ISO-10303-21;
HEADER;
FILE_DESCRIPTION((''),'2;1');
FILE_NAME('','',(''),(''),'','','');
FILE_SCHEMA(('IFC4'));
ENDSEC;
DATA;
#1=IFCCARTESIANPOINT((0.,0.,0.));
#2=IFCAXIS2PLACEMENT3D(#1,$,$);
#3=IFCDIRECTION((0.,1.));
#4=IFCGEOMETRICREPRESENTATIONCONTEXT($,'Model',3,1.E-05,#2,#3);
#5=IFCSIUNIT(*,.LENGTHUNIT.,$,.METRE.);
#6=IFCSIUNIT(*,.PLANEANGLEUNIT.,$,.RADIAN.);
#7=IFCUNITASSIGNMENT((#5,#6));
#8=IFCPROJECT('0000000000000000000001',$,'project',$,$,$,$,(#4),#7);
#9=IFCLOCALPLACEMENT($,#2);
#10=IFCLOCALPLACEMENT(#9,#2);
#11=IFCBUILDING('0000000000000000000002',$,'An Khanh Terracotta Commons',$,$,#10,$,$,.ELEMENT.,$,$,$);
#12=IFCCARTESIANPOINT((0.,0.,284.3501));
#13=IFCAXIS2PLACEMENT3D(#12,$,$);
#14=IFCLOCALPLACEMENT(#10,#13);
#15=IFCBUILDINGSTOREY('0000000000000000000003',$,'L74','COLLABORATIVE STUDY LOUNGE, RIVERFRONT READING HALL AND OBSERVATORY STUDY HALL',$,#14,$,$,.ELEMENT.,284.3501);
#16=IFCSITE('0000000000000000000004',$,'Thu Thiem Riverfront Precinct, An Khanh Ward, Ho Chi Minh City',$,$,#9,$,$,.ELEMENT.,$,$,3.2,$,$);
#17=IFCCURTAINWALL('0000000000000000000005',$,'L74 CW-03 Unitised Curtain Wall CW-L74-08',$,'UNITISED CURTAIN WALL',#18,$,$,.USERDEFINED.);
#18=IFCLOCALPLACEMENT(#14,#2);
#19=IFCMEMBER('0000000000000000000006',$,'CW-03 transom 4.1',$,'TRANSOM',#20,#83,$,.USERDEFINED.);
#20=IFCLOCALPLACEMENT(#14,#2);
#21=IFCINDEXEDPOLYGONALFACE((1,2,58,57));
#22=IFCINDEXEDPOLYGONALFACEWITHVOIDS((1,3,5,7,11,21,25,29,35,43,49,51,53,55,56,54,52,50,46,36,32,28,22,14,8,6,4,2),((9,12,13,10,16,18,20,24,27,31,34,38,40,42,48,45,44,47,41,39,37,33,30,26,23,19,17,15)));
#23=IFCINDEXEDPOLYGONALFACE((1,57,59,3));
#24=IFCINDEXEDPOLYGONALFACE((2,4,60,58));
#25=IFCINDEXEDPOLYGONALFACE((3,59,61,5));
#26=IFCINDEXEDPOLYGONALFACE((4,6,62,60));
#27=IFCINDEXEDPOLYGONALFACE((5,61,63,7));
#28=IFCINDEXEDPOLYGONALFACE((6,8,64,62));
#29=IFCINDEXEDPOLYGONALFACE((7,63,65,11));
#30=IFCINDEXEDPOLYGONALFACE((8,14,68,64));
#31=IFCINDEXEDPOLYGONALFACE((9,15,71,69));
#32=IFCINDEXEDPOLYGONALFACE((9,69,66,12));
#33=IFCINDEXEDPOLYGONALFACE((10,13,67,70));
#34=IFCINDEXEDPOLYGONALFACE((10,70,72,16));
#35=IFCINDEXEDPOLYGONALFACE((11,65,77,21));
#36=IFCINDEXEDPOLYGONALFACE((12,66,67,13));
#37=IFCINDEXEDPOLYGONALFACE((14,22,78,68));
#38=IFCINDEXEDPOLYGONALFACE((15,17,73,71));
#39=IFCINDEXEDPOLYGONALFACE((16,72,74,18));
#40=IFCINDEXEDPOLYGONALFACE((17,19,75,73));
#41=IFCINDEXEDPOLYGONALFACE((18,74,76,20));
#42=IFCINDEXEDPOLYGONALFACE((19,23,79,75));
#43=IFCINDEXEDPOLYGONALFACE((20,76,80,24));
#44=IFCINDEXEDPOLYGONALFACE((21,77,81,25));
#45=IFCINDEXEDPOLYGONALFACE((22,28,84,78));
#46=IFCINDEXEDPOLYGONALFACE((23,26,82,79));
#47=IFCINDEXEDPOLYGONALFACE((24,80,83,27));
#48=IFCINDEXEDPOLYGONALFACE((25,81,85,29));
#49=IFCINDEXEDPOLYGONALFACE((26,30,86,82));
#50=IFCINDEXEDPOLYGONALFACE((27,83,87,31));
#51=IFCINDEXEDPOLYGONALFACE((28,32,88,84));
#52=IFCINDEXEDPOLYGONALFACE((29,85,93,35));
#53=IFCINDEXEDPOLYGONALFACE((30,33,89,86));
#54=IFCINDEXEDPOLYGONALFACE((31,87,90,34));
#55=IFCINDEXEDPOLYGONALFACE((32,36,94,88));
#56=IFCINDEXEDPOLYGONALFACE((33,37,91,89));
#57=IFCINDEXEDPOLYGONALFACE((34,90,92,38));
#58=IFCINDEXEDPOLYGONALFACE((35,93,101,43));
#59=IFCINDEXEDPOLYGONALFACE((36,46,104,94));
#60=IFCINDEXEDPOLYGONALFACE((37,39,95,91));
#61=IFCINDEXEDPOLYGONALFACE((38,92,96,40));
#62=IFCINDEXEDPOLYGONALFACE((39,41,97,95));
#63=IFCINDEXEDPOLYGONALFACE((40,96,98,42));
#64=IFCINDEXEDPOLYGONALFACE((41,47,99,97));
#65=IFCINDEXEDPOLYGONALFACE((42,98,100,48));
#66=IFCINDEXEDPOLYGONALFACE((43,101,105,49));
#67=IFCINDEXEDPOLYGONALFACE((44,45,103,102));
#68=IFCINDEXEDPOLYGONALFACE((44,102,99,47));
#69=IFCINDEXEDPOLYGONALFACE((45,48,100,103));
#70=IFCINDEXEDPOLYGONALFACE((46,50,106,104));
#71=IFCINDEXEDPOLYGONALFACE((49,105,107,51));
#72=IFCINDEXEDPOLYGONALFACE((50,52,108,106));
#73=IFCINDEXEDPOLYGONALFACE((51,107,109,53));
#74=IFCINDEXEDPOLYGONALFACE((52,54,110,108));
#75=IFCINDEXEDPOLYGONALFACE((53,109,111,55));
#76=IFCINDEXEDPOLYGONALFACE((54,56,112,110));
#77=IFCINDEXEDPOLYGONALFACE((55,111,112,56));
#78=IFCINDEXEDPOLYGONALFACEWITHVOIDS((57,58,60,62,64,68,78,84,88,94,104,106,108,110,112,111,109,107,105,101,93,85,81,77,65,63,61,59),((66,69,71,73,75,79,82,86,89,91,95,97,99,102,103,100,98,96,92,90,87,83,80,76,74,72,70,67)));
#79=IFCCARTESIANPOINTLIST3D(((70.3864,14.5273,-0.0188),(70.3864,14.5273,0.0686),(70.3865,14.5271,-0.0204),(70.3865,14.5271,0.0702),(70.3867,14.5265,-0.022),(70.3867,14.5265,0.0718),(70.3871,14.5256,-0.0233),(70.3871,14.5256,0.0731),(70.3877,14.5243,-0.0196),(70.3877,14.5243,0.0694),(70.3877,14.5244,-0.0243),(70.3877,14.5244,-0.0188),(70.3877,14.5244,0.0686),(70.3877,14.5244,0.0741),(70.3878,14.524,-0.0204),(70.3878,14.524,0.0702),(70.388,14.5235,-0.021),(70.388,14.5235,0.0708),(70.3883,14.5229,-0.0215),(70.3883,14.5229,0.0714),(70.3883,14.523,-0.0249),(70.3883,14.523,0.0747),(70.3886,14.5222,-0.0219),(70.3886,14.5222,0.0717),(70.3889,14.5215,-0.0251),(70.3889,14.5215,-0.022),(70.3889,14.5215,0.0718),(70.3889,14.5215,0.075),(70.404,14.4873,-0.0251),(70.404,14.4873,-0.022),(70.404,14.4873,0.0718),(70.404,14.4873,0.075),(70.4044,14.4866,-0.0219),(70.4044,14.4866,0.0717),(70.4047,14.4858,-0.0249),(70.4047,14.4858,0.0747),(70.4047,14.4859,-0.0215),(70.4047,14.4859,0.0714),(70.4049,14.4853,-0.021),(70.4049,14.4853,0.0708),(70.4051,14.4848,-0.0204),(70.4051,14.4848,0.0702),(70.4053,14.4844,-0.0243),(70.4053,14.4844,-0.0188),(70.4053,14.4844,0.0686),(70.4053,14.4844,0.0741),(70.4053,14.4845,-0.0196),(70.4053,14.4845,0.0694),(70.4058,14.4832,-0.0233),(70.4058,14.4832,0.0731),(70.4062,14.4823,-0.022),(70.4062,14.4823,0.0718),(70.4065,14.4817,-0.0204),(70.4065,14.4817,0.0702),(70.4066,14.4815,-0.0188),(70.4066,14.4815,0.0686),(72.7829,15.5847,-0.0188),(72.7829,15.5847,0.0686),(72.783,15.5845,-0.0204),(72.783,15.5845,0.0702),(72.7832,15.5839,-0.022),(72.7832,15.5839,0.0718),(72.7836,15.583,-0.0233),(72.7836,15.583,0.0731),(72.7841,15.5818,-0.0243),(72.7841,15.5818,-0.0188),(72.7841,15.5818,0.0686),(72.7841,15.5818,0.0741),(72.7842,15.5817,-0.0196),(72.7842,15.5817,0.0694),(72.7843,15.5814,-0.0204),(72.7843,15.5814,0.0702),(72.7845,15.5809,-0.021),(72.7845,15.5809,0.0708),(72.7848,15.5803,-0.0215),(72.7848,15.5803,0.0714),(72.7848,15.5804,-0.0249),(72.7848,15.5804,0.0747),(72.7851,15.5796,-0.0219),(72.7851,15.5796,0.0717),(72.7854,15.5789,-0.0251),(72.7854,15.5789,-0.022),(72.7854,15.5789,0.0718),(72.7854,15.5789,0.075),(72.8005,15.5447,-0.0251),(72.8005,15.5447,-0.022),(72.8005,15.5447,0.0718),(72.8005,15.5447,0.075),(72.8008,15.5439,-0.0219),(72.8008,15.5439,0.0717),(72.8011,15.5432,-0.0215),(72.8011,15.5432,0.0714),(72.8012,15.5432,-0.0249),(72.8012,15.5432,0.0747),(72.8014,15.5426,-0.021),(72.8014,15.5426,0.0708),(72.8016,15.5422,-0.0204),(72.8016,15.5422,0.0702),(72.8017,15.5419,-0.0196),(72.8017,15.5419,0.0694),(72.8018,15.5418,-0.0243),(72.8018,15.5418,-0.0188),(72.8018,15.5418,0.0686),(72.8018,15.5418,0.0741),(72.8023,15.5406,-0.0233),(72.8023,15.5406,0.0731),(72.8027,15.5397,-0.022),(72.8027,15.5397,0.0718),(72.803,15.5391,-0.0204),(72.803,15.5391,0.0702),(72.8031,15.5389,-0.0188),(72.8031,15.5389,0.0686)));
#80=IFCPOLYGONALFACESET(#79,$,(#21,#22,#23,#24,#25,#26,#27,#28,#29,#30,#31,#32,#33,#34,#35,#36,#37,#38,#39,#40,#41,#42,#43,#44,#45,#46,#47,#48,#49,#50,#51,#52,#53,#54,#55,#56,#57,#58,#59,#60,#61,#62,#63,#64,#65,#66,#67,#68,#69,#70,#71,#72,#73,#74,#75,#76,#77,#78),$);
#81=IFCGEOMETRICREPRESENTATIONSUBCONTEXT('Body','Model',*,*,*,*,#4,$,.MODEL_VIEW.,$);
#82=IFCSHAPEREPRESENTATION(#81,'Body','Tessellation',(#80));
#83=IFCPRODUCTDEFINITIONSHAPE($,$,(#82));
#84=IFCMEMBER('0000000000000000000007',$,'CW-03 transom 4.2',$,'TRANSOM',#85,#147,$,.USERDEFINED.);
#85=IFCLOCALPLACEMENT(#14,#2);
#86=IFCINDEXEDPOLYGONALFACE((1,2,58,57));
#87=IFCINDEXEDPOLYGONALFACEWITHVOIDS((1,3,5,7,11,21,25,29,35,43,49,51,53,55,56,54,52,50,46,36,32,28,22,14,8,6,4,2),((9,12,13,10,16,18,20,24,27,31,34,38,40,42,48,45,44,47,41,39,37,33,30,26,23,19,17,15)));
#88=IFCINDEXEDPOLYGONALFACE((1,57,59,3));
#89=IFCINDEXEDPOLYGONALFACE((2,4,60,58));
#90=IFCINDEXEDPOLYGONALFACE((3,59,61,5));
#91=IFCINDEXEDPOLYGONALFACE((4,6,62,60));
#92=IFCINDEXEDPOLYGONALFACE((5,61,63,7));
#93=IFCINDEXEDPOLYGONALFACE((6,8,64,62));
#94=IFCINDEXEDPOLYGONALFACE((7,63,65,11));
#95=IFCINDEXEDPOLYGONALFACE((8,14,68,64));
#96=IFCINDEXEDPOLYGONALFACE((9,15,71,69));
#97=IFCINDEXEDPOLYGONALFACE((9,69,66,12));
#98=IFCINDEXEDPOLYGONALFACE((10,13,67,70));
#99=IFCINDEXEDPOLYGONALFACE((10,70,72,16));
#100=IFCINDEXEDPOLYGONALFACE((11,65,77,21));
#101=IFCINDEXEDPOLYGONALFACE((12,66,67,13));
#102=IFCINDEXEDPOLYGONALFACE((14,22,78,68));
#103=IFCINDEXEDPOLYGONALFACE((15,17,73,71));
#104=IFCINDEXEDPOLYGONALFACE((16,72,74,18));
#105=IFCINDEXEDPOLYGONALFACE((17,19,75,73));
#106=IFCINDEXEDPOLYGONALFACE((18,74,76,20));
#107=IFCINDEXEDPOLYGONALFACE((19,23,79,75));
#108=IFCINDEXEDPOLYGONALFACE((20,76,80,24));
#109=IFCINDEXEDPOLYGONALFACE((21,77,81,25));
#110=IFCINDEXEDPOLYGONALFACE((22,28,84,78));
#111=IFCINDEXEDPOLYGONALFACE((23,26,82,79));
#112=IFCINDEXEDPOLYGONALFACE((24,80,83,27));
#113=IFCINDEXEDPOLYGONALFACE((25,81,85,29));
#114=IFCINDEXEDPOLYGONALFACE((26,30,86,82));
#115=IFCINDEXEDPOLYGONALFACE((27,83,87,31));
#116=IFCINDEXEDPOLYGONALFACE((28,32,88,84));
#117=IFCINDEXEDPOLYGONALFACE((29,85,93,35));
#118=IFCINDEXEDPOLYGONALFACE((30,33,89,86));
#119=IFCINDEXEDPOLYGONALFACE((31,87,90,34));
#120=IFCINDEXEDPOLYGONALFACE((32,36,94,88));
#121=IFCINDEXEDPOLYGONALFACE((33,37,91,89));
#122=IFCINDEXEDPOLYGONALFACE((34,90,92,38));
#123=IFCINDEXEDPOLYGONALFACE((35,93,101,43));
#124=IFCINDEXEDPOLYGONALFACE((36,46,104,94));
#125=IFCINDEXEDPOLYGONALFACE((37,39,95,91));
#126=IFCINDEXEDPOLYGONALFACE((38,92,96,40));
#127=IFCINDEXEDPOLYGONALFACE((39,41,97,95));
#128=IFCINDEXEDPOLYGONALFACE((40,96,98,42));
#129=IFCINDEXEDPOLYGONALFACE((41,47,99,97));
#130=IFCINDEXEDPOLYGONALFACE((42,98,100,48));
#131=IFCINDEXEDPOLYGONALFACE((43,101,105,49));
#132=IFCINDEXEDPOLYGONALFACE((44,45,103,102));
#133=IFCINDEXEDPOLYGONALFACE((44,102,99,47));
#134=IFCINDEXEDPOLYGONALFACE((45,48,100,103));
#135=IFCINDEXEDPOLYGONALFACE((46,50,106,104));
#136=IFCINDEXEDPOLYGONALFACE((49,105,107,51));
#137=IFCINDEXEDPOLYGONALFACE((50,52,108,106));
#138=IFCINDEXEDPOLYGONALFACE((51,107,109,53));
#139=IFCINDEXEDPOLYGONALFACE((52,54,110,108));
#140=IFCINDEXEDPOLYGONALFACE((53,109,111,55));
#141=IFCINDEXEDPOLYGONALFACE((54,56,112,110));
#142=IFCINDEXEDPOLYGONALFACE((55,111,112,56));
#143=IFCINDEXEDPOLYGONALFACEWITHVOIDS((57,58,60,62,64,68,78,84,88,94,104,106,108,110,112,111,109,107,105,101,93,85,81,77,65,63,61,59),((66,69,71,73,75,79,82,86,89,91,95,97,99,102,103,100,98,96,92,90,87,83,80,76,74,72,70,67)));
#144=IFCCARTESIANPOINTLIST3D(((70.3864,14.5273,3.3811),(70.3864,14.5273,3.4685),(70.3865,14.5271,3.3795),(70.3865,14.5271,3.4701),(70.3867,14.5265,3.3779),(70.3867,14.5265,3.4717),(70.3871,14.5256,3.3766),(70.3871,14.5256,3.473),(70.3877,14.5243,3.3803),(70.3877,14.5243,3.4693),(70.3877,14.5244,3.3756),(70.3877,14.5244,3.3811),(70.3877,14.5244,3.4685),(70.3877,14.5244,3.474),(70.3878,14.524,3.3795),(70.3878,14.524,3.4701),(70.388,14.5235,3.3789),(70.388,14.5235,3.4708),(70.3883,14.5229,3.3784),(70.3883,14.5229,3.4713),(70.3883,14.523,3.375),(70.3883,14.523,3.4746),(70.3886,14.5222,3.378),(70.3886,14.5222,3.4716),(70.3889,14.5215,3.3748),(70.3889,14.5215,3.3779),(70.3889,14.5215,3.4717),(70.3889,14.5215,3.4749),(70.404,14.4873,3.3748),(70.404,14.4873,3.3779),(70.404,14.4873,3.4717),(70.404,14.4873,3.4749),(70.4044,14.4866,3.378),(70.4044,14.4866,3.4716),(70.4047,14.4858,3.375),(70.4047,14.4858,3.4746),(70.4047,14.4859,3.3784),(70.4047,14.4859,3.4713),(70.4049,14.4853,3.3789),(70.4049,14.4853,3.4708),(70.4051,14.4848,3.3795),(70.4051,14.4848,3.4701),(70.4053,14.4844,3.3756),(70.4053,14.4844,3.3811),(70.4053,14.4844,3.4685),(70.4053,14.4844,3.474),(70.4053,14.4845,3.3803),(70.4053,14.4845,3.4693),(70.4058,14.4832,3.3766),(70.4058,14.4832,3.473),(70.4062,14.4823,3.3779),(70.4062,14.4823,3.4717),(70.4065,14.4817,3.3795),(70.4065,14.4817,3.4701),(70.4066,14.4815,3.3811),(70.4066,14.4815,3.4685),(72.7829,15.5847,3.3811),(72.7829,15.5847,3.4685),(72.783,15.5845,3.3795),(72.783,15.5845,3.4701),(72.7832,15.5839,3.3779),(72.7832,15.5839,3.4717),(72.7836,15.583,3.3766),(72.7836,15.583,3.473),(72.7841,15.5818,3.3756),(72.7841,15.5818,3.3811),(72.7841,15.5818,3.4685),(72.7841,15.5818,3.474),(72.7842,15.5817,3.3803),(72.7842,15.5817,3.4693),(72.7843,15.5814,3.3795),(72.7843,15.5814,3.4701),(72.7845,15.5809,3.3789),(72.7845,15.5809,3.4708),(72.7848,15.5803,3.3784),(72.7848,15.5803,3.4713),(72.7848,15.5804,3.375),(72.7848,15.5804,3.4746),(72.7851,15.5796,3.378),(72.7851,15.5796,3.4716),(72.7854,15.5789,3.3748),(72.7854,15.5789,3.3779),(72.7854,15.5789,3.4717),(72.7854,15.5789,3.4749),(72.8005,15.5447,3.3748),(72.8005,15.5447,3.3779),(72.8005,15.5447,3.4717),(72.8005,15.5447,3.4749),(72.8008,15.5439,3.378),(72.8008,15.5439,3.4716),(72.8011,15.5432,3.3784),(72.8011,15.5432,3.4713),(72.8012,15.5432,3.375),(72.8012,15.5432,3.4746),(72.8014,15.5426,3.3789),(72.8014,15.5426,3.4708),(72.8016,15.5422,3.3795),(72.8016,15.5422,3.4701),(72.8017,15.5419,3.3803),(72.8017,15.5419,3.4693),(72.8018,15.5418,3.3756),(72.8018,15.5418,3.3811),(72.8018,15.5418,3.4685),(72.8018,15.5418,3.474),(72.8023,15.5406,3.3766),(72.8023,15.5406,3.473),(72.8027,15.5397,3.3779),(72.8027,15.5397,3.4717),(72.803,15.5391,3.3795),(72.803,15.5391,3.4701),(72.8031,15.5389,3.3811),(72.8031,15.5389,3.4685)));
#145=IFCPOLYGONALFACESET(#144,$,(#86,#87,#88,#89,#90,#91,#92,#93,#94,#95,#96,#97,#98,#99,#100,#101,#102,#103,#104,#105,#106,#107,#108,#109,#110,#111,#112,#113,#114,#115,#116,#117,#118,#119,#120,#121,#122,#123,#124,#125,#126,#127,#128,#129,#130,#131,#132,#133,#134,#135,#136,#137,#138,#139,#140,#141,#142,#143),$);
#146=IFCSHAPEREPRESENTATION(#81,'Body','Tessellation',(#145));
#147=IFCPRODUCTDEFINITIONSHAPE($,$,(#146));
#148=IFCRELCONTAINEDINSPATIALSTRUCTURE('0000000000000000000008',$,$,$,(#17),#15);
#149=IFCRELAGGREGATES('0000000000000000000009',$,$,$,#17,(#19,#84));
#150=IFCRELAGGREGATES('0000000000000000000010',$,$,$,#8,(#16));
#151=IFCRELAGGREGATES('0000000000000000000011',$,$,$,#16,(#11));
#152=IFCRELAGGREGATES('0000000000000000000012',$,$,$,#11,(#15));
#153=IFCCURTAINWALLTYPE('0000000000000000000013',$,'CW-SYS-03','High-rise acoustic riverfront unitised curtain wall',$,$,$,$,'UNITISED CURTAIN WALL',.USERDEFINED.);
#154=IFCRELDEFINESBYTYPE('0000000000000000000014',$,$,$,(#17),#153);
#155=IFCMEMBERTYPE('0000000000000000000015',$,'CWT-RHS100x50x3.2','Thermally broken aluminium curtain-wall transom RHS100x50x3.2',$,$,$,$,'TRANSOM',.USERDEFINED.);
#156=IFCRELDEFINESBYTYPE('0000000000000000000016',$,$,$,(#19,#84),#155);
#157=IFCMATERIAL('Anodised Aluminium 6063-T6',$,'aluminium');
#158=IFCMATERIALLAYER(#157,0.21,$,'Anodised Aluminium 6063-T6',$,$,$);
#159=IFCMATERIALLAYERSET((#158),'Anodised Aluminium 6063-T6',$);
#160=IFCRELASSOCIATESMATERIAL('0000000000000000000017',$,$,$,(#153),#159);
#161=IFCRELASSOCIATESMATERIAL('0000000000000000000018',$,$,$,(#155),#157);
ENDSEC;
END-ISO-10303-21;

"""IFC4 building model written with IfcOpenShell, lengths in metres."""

from ifc_helpers import new_model, si_unit, direction, frame, origin, origin_2d, place, context, subcontext, project, spatial, hollow_rectangle, extrude, material, layer, layer_set, material_profile, profile_set, type_object, element, aggregate, save


model = new_model("IFC4")

# Units and contexts
model_context = context("Model", 3, precision=1e-05, world=origin(), true_north=direction((0.0, 1.0)))
body_context = subcontext(model_context, "Body", "Model", "MODEL_VIEW")
ifc_project = project(units=[si_unit("LENGTHUNIT", "METRE"), si_unit("PLANEANGLEUNIT", "RADIAN")], contexts=[model_context])

# Site, building, storey
site_placement = place(None, origin())
site = spatial("IfcSite", under=ifc_project, at=site_placement, Name="Thu Thiem Riverfront Precinct, An Khanh Ward, Ho Chi Minh City", CompositionType="ELEMENT", RefElevation=3.2)
building_placement = place(site_placement, origin())
building = spatial("IfcBuilding", under=site, at=building_placement, Name="An Khanh Terracotta Commons", CompositionType="ELEMENT")
storey_placement = place(building_placement, frame((0.0, 0.0, 284.3501)))
storey = spatial("IfcBuildingStorey", under=building, at=storey_placement, Name="L74", Description="COLLABORATIVE STUDY LOUNGE, RIVERFRONT READING HALL AND OBSERVATORY STUDY HALL", CompositionType="ELEMENT", Elevation=284.3501)

# Curtain wall
ifc_material_1 = material(Name="Anodised Aluminium 6063-T6", Category="aluminium")
ifc_layer_1 = layer(ifc_material_1, 0.21, Name="Anodised Aluminium 6063-T6")
ifc_layer_set_1 = layer_set([ifc_layer_1], Name="Anodised Aluminium 6063-T6")
curtain_wall_type = type_object("IfcCurtainWallType", Name="CW-SYS-03", Description="High-rise acoustic riverfront unitised curtain wall", ElementType="UNITISED CURTAIN WALL", PredefinedType="USERDEFINED", material=ifc_layer_set_1)
curtain_wall_1_placement = place(storey_placement, origin())
curtain_wall_1 = element("IfcCurtainWall", 1, at=curtain_wall_1_placement, inside=storey, type_object=curtain_wall_type, Name="L74 CW-03 Unitised Curtain Wall CW-L74-08", ObjectType="UNITISED CURTAIN WALL", PredefinedType="USERDEFINED")

# Members
ifc_material_profile_1 = material_profile(ifc_material_1, hollow_rectangle(XDim=0.05, YDim=0.1001, WallThickness=0.0032, InnerFilletRadius=0.0032, OuterFilletRadius=0.0063, at=origin_2d()), Name="RHS100x50x3.2")
ifc_profile_set_1 = profile_set([ifc_material_profile_1], Name="Anodised Aluminium 6063-T6")
member_type_1 = type_object("IfcMemberType", Name="CWT-RHS100x50x3.2", Description="Thermally broken aluminium curtain-wall transom RHS100x50x3.2", ElementType="TRANSOM", PredefinedType="USERDEFINED", material=ifc_profile_set_1)
member_1_placement = place(storey_placement, frame((70.3965, 14.5044, 0.0249), z_axis=(0.914904, 0.403672, 0.0), x_axis=(-0.403672, 0.914904, 0.0)))
member_1 = element("IfcMember", 2, at=member_1_placement, type_object=member_type_1, Name="CW-03 transom 4.1", ObjectType="TRANSOM", PredefinedType="USERDEFINED", context=body_context, shape_type="SweptSolid", body=[
    extrude(hollow_rectangle(XDim=0.05, YDim=0.1001, WallThickness=0.0032, InnerFilletRadius=0.0032, OuterFilletRadius=0.0063, at=origin_2d()), origin(), (0.0, 0.0, 1.0), 2.6194),
])
member_2_placement = place(storey_placement, frame((70.3965, 14.5044, 3.4248), z_axis=(0.914904, 0.403672, 0.0), x_axis=(-0.403672, 0.914904, 0.0)))
member_2 = element("IfcMember", 3, at=member_2_placement, type_object=member_type_1, Name="CW-03 transom 4.2", ObjectType="TRANSOM", PredefinedType="USERDEFINED", context=body_context, shape_type="SweptSolid", body=[
    extrude(hollow_rectangle(XDim=0.05, YDim=0.1001, WallThickness=0.0032, InnerFilletRadius=0.0032, OuterFilletRadius=0.0063, at=origin_2d()), origin(), (0.0, 0.0, 1.0), 2.6194),
])

aggregate(curtain_wall_1, [member_1, member_2])

save(model, "model.ifc")
